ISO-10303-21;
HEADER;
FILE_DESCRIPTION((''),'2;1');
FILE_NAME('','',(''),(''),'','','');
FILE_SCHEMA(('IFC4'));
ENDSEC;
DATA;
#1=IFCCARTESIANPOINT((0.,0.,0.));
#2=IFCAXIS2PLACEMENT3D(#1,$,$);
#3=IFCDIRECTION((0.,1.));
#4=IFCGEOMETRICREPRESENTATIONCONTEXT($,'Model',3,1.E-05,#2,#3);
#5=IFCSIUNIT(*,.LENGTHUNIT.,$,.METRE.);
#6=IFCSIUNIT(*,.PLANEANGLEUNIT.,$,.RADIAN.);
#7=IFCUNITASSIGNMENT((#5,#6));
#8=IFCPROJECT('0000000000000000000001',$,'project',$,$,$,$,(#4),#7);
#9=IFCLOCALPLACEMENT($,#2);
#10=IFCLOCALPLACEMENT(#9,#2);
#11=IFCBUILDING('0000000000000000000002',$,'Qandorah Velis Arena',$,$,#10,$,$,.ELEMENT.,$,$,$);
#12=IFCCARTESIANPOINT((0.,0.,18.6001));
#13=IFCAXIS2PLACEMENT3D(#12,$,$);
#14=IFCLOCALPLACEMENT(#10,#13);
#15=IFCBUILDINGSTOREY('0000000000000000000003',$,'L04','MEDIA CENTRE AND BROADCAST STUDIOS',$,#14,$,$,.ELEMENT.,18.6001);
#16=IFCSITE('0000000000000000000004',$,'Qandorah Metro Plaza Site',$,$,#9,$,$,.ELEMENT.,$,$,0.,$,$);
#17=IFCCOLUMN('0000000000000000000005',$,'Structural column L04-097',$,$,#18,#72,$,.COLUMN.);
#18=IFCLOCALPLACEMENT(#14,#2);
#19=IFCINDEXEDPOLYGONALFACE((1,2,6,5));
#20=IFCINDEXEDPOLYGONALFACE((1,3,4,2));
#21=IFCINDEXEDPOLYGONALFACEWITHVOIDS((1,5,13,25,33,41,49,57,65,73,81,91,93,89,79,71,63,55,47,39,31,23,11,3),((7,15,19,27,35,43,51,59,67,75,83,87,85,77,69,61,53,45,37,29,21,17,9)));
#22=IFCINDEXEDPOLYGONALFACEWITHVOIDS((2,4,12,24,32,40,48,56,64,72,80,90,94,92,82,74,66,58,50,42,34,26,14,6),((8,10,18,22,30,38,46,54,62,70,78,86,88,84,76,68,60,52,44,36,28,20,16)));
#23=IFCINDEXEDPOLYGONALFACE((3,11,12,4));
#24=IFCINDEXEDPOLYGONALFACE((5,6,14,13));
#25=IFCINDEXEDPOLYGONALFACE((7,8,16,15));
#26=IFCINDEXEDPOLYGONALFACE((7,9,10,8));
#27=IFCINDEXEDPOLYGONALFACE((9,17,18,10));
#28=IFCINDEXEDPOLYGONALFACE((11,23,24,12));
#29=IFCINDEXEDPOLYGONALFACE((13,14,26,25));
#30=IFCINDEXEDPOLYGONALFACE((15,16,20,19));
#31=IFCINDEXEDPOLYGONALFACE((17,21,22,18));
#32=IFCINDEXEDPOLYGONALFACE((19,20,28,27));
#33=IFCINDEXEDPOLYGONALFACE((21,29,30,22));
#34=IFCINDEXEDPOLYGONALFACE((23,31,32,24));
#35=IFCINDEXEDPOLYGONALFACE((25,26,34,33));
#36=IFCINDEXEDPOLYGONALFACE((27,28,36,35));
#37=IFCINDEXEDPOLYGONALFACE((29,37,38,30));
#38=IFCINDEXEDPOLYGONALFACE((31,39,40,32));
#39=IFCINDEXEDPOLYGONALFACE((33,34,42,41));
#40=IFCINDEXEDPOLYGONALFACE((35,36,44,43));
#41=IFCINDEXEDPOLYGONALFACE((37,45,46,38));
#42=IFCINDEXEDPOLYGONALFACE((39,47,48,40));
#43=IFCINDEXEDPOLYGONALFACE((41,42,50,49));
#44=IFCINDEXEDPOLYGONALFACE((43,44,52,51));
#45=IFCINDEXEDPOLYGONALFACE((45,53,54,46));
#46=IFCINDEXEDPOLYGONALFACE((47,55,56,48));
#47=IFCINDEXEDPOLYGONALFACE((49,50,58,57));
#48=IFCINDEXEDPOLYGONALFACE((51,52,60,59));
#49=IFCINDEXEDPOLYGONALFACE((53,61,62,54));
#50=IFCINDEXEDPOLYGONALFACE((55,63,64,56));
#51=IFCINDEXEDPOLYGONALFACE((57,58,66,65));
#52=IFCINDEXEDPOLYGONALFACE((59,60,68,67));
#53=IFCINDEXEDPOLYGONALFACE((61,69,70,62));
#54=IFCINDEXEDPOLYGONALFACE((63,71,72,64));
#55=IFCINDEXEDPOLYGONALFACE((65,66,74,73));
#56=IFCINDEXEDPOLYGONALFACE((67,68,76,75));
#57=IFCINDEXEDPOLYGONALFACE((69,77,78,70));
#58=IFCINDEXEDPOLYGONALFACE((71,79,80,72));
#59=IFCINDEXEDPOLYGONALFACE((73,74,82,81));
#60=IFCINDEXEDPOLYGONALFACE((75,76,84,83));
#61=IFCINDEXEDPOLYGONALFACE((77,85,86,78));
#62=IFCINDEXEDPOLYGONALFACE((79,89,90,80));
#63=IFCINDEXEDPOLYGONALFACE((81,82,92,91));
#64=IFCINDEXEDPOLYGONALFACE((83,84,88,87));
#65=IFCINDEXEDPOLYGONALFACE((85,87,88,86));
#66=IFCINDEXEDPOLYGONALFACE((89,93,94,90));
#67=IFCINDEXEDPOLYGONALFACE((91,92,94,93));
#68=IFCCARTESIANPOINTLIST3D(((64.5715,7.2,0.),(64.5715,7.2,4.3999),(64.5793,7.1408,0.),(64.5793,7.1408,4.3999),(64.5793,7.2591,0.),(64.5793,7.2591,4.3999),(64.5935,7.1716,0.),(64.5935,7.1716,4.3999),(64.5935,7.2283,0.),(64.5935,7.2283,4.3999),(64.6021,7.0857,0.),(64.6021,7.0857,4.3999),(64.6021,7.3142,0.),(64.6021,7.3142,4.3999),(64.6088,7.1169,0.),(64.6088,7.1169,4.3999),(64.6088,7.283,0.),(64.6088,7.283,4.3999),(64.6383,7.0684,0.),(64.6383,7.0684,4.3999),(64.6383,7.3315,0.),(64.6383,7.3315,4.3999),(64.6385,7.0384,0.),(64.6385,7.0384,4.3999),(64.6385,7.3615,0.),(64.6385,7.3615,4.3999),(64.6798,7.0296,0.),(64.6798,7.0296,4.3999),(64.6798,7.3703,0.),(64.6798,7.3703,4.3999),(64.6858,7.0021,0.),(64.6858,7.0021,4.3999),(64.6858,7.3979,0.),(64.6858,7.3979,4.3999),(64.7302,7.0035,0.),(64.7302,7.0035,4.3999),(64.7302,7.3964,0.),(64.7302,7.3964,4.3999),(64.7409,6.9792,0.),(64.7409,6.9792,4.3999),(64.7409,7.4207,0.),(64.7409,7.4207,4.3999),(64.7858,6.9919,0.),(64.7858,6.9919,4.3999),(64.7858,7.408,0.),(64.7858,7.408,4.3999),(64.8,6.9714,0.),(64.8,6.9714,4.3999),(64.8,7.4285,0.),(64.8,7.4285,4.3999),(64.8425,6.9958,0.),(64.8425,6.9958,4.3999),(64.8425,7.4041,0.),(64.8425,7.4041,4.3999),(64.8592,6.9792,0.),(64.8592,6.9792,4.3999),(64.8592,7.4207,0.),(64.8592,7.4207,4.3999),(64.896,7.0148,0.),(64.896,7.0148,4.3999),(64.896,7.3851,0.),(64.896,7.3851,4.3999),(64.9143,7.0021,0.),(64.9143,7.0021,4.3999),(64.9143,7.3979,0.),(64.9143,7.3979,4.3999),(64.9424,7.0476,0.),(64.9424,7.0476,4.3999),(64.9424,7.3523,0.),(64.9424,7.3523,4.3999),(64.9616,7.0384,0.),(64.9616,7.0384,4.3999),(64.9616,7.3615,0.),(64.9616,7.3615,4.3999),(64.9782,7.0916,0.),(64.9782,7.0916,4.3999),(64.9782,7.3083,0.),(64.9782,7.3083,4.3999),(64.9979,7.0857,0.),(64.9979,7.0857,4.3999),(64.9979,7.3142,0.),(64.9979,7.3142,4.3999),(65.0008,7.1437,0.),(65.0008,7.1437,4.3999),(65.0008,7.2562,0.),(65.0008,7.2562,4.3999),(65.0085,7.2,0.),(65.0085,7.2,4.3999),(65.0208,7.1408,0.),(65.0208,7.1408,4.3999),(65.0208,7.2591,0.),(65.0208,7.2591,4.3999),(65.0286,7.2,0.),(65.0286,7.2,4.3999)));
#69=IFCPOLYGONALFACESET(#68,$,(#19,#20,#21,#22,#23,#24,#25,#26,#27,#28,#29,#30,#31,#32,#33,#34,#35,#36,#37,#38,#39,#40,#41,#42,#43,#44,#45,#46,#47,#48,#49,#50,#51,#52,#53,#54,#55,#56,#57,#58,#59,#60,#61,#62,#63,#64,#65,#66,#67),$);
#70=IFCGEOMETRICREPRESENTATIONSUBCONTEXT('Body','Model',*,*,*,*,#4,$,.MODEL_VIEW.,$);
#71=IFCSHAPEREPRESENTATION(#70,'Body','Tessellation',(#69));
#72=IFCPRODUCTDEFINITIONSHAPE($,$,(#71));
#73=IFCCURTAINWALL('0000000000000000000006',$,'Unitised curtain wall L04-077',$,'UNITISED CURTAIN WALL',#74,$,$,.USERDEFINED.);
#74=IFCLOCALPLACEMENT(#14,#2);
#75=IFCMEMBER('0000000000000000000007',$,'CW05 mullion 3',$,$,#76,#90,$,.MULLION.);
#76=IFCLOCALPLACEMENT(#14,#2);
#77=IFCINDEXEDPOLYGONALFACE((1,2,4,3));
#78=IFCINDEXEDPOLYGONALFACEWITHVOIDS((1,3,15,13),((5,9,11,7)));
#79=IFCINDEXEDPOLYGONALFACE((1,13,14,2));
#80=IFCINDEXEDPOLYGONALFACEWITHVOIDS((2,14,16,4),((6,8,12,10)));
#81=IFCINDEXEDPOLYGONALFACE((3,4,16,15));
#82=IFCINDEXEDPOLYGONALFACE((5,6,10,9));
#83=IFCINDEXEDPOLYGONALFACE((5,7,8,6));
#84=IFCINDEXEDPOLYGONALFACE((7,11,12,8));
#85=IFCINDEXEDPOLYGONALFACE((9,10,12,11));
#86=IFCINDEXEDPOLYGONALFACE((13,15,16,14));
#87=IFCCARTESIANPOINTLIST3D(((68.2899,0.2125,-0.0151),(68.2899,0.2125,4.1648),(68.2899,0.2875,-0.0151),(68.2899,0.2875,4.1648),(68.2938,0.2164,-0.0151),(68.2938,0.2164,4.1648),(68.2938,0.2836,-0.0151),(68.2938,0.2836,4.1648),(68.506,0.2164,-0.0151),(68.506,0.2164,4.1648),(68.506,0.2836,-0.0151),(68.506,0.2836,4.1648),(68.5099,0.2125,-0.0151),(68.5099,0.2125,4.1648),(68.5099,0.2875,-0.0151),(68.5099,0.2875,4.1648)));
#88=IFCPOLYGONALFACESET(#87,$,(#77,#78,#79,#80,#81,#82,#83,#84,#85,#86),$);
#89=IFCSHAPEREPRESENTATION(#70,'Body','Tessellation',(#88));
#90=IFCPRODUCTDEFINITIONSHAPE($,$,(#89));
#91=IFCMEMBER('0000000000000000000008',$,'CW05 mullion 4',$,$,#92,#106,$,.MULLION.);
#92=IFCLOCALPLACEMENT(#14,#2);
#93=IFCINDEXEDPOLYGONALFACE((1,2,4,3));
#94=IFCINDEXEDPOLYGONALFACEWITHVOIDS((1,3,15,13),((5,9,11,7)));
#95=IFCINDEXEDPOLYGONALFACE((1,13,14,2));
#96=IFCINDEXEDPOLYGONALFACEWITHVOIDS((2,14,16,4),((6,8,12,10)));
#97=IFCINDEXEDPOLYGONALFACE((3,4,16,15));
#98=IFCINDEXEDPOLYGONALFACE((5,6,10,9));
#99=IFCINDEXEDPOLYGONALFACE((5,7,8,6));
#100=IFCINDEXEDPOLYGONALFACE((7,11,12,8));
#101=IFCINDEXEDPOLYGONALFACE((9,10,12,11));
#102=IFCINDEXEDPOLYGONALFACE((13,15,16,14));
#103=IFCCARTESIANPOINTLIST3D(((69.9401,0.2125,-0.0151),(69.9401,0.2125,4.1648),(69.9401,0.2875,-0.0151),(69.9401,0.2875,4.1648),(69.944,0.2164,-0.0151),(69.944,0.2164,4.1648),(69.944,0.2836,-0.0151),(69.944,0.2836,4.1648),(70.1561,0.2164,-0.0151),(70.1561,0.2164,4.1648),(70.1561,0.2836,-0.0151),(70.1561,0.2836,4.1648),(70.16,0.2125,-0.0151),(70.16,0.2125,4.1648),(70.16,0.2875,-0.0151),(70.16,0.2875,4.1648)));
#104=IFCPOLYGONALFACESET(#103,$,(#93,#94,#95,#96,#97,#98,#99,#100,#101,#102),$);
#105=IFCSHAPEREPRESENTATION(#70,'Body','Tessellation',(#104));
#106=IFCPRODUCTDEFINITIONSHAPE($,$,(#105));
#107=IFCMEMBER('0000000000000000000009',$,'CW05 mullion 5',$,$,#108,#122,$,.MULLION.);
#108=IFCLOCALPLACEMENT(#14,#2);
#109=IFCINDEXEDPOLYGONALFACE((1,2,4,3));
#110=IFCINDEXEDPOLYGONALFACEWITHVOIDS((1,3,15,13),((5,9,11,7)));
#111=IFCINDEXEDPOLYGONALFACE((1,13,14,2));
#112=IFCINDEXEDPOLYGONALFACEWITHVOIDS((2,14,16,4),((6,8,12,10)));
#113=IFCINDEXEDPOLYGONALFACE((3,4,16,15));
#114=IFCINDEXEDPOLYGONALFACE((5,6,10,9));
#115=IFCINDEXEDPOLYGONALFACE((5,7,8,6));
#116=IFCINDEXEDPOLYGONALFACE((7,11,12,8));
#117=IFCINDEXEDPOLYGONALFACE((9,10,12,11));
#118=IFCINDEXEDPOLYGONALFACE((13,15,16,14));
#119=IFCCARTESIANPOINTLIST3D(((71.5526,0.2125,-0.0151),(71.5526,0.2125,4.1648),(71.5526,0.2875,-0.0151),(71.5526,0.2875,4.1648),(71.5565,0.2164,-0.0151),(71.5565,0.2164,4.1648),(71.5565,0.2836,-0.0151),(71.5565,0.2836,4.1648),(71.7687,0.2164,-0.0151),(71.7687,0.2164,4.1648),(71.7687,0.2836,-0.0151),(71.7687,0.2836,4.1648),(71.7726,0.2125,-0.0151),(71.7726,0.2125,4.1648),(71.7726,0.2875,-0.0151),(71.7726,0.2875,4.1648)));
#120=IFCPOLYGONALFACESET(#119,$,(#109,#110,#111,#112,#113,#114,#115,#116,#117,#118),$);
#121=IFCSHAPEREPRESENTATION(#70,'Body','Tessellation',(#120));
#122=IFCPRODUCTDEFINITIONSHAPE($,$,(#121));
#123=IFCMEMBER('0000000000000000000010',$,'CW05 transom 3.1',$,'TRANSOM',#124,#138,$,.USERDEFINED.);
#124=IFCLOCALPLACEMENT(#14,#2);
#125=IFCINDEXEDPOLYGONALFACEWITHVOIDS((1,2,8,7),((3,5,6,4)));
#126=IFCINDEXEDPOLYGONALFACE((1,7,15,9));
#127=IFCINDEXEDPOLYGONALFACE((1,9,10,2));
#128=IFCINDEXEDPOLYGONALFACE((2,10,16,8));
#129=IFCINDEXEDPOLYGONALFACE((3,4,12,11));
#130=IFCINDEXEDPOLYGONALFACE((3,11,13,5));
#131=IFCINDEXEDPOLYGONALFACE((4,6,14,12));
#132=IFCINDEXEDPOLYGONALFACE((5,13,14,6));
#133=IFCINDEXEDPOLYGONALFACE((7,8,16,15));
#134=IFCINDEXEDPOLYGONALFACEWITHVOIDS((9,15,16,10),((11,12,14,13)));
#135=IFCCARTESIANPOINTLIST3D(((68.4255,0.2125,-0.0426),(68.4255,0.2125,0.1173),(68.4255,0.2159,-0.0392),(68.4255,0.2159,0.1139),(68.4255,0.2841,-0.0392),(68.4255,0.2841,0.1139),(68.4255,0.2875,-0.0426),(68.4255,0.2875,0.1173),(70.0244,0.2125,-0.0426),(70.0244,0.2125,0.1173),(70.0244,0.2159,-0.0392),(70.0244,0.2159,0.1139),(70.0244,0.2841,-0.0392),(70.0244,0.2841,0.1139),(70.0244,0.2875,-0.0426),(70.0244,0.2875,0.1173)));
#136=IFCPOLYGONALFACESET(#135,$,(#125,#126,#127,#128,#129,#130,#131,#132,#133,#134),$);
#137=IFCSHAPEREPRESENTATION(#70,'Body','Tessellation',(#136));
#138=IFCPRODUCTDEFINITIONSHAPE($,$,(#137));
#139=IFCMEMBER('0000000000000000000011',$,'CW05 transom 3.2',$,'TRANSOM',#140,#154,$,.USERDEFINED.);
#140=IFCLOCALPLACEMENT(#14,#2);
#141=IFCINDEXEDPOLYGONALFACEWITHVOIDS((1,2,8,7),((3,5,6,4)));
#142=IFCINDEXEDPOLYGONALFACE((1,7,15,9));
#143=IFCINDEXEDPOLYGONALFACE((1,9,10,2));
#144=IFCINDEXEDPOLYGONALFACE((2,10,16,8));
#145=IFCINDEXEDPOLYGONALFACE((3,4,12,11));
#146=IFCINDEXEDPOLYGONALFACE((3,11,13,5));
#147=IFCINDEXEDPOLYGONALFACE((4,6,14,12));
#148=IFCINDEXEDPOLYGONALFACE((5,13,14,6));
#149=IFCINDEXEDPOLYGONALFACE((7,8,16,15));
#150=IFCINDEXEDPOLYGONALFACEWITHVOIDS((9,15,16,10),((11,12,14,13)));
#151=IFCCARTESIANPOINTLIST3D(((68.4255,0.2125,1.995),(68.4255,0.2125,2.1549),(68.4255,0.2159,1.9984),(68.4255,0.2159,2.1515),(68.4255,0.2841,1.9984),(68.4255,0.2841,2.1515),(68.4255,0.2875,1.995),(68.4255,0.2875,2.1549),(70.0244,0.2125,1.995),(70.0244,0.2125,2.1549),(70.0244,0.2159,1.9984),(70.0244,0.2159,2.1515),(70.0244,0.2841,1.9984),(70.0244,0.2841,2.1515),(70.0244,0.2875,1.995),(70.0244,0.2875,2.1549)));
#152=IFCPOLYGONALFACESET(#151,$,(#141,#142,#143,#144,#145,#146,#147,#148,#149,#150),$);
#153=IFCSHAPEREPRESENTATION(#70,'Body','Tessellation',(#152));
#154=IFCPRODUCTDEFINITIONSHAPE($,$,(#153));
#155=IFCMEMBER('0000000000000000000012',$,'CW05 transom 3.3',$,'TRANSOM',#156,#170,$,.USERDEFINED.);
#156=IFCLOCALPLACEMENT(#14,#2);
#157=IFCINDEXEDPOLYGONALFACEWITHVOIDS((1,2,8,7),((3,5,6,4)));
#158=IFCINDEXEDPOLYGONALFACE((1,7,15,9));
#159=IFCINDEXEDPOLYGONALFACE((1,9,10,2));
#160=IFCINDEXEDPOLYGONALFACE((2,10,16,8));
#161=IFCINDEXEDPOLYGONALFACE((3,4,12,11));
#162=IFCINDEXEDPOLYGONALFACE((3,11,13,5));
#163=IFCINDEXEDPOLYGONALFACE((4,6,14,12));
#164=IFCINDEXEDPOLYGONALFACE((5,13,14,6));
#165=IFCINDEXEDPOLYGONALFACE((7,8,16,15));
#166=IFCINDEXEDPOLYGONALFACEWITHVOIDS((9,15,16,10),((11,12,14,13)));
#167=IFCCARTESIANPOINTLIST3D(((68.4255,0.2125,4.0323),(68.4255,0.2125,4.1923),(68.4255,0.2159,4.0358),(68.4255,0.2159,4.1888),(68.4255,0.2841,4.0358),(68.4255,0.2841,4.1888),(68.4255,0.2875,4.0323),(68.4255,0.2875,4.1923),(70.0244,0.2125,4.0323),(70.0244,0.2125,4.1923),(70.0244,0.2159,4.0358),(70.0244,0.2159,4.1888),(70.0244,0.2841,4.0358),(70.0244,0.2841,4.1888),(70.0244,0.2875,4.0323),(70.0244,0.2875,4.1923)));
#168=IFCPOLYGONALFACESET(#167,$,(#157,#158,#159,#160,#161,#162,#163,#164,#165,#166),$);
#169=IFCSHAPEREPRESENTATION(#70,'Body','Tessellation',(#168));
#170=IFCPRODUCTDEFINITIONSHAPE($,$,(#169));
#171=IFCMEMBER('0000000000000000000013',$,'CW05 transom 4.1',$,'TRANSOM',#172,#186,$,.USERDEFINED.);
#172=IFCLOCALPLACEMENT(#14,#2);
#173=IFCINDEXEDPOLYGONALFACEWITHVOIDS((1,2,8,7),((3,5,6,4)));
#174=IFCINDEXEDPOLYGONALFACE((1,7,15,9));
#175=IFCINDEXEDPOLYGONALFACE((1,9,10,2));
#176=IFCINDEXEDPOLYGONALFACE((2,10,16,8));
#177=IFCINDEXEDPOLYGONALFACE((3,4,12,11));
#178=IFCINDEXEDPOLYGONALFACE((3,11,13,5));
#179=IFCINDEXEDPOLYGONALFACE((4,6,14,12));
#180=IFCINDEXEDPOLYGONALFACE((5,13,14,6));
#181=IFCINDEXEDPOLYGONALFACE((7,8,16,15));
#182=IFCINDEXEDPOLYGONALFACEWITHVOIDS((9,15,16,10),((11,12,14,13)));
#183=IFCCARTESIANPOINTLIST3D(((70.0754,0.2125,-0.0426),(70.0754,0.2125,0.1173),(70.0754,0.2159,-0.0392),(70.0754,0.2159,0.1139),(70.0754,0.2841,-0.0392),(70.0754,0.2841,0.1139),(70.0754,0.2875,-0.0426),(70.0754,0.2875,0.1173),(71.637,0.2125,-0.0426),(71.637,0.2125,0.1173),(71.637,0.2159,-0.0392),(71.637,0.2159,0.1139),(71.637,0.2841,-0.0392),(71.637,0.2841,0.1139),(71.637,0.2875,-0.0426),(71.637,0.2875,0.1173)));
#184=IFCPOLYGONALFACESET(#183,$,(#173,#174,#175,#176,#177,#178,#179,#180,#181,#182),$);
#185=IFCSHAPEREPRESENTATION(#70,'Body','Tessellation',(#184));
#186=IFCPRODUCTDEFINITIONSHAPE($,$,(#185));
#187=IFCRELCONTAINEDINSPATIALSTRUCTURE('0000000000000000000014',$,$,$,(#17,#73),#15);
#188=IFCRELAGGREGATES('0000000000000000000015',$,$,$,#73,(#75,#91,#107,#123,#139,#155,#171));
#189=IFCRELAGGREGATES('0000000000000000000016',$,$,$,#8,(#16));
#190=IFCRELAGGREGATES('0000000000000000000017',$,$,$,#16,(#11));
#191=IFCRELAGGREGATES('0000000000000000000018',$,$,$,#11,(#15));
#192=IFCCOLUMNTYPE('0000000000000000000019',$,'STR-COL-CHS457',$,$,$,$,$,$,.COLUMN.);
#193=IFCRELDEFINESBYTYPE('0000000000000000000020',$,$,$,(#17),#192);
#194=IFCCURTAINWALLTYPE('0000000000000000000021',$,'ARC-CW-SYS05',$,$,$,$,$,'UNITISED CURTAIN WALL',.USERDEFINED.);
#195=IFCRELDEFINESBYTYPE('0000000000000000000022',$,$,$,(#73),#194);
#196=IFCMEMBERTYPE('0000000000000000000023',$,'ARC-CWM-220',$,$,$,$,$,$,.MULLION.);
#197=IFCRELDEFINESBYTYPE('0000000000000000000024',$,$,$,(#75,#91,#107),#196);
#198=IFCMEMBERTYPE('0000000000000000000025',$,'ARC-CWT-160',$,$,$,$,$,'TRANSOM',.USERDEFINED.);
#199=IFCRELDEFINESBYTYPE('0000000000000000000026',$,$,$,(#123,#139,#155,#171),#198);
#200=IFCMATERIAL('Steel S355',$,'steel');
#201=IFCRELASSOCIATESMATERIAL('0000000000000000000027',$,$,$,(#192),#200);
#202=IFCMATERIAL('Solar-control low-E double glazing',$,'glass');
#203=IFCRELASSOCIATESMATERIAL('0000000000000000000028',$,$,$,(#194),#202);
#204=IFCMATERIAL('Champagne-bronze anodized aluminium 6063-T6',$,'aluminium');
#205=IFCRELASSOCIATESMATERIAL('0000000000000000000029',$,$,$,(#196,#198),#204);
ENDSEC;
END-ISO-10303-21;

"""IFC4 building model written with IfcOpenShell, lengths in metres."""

from ifc_helpers import new_model, si_unit, direction, frame, origin, origin_2d, place, context, subcontext, project, spatial, hollow_rectangle, hollow_circle, extrude, material, material_profile, profile_set, type_object, element, aggregate, save


model = new_model("IFC4")

# Units and contexts
model_context = context("Model", 3, precision=1e-05, world=origin(), true_north=direction((0.0, 1.0)))
body_context = subcontext(model_context, "Body", "Model", "MODEL_VIEW")
ifc_project = project(units=[si_unit("LENGTHUNIT", "METRE"), si_unit("PLANEANGLEUNIT", "RADIAN")], contexts=[model_context])

# Site, building, storey
site_placement = place(None, origin())
site = spatial("IfcSite", under=ifc_project, at=site_placement, Name="Qandorah Metro Plaza Site", CompositionType="ELEMENT", RefElevation=0.0)
building_placement = place(site_placement, origin())
building = spatial("IfcBuilding", under=site, at=building_placement, Name="Qandorah Velis Arena", CompositionType="ELEMENT")
storey_placement = place(building_placement, frame((0.0, 0.0, 18.6001)))
storey = spatial("IfcBuildingStorey", under=building, at=storey_placement, Name="L04", Description="MEDIA CENTRE AND BROADCAST STUDIOS", CompositionType="ELEMENT", Elevation=18.6001)

# Column
ifc_material_1 = material(Name="Steel S355", Category="steel")
ifc_material_profile_1 = material_profile(ifc_material_1, hollow_circle(Radius=0.2285, WallThickness=0.02, at=origin_2d()), Name="CHS 457x20")
ifc_profile_set_1 = profile_set([ifc_material_profile_1], Name="Steel S355")
column_type = type_object("IfcColumnType", Name="STR-COL-CHS457", PredefinedType="COLUMN", material=ifc_profile_set_1)
column_placement = place(storey_placement, frame((64.8, 7.2, 0.0), z_axis=(0.0, 0.0, 1.0), x_axis=(1.0, 0.0, 0.0)))
element("IfcColumn", 1, at=column_placement, inside=storey, type_object=column_type, Name="Structural column L04-097", PredefinedType="COLUMN", context=body_context, shape_type="SweptSolid", body=[
    extrude(hollow_circle(Radius=0.2285, WallThickness=0.02, at=origin_2d()), origin(), (0.0, 0.0, 1.0), 4.3999),
])

# Curtain wall, members
ifc_material_2 = material(Name="Solar-control low-E double glazing", Category="glass")
curtain_wall_type = type_object("IfcCurtainWallType", Name="ARC-CW-SYS05", ElementType="UNITISED CURTAIN WALL", PredefinedType="USERDEFINED", material=ifc_material_2)
curtain_wall_placement = place(storey_placement, origin())
curtain_wall = element("IfcCurtainWall", 2, at=curtain_wall_placement, inside=storey, type_object=curtain_wall_type, Name="Unitised curtain wall L04-077", ObjectType="UNITISED CURTAIN WALL", PredefinedType="USERDEFINED")
ifc_material_3 = material(Name="Champagne-bronze anodized aluminium 6063-T6", Category="aluminium")
ifc_material_profile_2 = material_profile(ifc_material_3, hollow_rectangle(XDim=0.075, YDim=0.22, WallThickness=0.0039, at=origin_2d()), Name="ALU MULLION 75x220")
ifc_profile_set_2 = profile_set([ifc_material_profile_2], Name="Champagne-bronze anodized aluminium 6063-T6")
member_type_1 = type_object("IfcMemberType", Name="ARC-CWM-220", PredefinedType="MULLION", material=ifc_profile_set_2)
member_1_placement = place(storey_placement, frame((68.3999, 0.25, -0.0151), z_axis=(0.0, 0.0, 1.0), x_axis=(0.0, 1.0, 0.0)))
member_1 = element("IfcMember", 3, at=member_1_placement, type_object=member_type_1, Name="CW05 mullion 3", PredefinedType="MULLION", context=body_context, shape_type="SweptSolid", body=[
    extrude(hollow_rectangle(XDim=0.075, YDim=0.22, WallThickness=0.0039, at=origin_2d()), origin(), (0.0, 0.0, 1.0), 4.1799),
])
member_2_placement = place(storey_placement, frame((70.05, 0.25, -0.0151), z_axis=(0.0, 0.0, 1.0), x_axis=(0.0, 1.0, 0.0)))
member_2 = element("IfcMember", 4, at=member_2_placement, type_object=member_type_1, Name="CW05 mullion 4", PredefinedType="MULLION", context=body_context, shape_type="SweptSolid", body=[
    extrude(hollow_rectangle(XDim=0.075, YDim=0.22, WallThickness=0.0039, at=origin_2d()), origin(), (0.0, 0.0, 1.0), 4.1799),
])
member_3_placement = place(storey_placement, frame((71.6626, 0.25, -0.0151), z_axis=(0.0, 0.0, 1.0), x_axis=(0.0, 1.0, 0.0)))
member_3 = element("IfcMember", 5, at=member_3_placement, type_object=member_type_1, Name="CW05 mullion 5", PredefinedType="MULLION", context=body_context, shape_type="SweptSolid", body=[
    extrude(hollow_rectangle(XDim=0.075, YDim=0.22, WallThickness=0.0039, at=origin_2d()), origin(), (0.0, 0.0, 1.0), 4.1799),
])
ifc_material_profile_3 = material_profile(ifc_material_3, hollow_rectangle(XDim=0.075, YDim=0.1599, WallThickness=0.0034, at=origin_2d()), Name="ALU TRANSOM 75x160")
ifc_profile_set_3 = profile_set([ifc_material_profile_3], Name="Champagne-bronze anodized aluminium 6063-T6")
member_type_2 = type_object("IfcMemberType", Name="ARC-CWT-160", ElementType="TRANSOM", PredefinedType="USERDEFINED", material=ifc_profile_set_3)
member_4_placement = place(storey_placement, frame((68.4255, 0.25, 0.0374), z_axis=(1.0, 0.0, 0.0), x_axis=(0.0, 1.0, 0.0)))
member_4 = element("IfcMember", 6, at=member_4_placement, type_object=member_type_2, Name="CW05 transom 3.1", ObjectType="TRANSOM", PredefinedType="USERDEFINED", context=body_context, shape_type="SweptSolid", body=[
    extrude(hollow_rectangle(XDim=0.075, YDim=0.1599, WallThickness=0.0034, at=origin_2d()), origin(), (0.0, 0.0, 1.0), 1.5989),
])
member_5_placement = place(storey_placement, frame((68.4255, 0.25, 2.075), z_axis=(1.0, 0.0, 0.0), x_axis=(0.0, 1.0, 0.0)))
member_5 = element("IfcMember", 7, at=member_5_placement, type_object=member_type_2, Name="CW05 transom 3.2", ObjectType="TRANSOM", PredefinedType="USERDEFINED", context=body_context, shape_type="SweptSolid", body=[
    extrude(hollow_rectangle(XDim=0.075, YDim=0.1599, WallThickness=0.0034, at=origin_2d()), origin(), (0.0, 0.0, 1.0), 1.5989),
])
member_6_placement = place(storey_placement, frame((68.4255, 0.25, 4.1123), z_axis=(1.0, 0.0, 0.0), x_axis=(0.0, 1.0, 0.0)))
member_6 = element("IfcMember", 8, at=member_6_placement, type_object=member_type_2, Name="CW05 transom 3.3", ObjectType="TRANSOM", PredefinedType="USERDEFINED", context=body_context, shape_type="SweptSolid", body=[
    extrude(hollow_rectangle(XDim=0.075, YDim=0.1599, WallThickness=0.0034, at=origin_2d()), origin(), (0.0, 0.0, 1.0), 1.5989),
])
member_7_placement = place(storey_placement, frame((70.0754, 0.25, 0.0374), z_axis=(1.0, 0.0, 0.0), x_axis=(0.0, 1.0, 0.0)))
member_7 = element("IfcMember", 9, at=member_7_placement, type_object=member_type_2, Name="CW05 transom 4.1", ObjectType="TRANSOM", PredefinedType="USERDEFINED", context=body_context, shape_type="SweptSolid", body=[
    extrude(hollow_rectangle(XDim=0.075, YDim=0.1599, WallThickness=0.0034, at=origin_2d()), origin(), (0.0, 0.0, 1.0), 1.5615),
])

aggregate(curtain_wall, [member_1, member_2, member_3, member_4, member_5, member_6, member_7])

save(model, "model.ifc")
